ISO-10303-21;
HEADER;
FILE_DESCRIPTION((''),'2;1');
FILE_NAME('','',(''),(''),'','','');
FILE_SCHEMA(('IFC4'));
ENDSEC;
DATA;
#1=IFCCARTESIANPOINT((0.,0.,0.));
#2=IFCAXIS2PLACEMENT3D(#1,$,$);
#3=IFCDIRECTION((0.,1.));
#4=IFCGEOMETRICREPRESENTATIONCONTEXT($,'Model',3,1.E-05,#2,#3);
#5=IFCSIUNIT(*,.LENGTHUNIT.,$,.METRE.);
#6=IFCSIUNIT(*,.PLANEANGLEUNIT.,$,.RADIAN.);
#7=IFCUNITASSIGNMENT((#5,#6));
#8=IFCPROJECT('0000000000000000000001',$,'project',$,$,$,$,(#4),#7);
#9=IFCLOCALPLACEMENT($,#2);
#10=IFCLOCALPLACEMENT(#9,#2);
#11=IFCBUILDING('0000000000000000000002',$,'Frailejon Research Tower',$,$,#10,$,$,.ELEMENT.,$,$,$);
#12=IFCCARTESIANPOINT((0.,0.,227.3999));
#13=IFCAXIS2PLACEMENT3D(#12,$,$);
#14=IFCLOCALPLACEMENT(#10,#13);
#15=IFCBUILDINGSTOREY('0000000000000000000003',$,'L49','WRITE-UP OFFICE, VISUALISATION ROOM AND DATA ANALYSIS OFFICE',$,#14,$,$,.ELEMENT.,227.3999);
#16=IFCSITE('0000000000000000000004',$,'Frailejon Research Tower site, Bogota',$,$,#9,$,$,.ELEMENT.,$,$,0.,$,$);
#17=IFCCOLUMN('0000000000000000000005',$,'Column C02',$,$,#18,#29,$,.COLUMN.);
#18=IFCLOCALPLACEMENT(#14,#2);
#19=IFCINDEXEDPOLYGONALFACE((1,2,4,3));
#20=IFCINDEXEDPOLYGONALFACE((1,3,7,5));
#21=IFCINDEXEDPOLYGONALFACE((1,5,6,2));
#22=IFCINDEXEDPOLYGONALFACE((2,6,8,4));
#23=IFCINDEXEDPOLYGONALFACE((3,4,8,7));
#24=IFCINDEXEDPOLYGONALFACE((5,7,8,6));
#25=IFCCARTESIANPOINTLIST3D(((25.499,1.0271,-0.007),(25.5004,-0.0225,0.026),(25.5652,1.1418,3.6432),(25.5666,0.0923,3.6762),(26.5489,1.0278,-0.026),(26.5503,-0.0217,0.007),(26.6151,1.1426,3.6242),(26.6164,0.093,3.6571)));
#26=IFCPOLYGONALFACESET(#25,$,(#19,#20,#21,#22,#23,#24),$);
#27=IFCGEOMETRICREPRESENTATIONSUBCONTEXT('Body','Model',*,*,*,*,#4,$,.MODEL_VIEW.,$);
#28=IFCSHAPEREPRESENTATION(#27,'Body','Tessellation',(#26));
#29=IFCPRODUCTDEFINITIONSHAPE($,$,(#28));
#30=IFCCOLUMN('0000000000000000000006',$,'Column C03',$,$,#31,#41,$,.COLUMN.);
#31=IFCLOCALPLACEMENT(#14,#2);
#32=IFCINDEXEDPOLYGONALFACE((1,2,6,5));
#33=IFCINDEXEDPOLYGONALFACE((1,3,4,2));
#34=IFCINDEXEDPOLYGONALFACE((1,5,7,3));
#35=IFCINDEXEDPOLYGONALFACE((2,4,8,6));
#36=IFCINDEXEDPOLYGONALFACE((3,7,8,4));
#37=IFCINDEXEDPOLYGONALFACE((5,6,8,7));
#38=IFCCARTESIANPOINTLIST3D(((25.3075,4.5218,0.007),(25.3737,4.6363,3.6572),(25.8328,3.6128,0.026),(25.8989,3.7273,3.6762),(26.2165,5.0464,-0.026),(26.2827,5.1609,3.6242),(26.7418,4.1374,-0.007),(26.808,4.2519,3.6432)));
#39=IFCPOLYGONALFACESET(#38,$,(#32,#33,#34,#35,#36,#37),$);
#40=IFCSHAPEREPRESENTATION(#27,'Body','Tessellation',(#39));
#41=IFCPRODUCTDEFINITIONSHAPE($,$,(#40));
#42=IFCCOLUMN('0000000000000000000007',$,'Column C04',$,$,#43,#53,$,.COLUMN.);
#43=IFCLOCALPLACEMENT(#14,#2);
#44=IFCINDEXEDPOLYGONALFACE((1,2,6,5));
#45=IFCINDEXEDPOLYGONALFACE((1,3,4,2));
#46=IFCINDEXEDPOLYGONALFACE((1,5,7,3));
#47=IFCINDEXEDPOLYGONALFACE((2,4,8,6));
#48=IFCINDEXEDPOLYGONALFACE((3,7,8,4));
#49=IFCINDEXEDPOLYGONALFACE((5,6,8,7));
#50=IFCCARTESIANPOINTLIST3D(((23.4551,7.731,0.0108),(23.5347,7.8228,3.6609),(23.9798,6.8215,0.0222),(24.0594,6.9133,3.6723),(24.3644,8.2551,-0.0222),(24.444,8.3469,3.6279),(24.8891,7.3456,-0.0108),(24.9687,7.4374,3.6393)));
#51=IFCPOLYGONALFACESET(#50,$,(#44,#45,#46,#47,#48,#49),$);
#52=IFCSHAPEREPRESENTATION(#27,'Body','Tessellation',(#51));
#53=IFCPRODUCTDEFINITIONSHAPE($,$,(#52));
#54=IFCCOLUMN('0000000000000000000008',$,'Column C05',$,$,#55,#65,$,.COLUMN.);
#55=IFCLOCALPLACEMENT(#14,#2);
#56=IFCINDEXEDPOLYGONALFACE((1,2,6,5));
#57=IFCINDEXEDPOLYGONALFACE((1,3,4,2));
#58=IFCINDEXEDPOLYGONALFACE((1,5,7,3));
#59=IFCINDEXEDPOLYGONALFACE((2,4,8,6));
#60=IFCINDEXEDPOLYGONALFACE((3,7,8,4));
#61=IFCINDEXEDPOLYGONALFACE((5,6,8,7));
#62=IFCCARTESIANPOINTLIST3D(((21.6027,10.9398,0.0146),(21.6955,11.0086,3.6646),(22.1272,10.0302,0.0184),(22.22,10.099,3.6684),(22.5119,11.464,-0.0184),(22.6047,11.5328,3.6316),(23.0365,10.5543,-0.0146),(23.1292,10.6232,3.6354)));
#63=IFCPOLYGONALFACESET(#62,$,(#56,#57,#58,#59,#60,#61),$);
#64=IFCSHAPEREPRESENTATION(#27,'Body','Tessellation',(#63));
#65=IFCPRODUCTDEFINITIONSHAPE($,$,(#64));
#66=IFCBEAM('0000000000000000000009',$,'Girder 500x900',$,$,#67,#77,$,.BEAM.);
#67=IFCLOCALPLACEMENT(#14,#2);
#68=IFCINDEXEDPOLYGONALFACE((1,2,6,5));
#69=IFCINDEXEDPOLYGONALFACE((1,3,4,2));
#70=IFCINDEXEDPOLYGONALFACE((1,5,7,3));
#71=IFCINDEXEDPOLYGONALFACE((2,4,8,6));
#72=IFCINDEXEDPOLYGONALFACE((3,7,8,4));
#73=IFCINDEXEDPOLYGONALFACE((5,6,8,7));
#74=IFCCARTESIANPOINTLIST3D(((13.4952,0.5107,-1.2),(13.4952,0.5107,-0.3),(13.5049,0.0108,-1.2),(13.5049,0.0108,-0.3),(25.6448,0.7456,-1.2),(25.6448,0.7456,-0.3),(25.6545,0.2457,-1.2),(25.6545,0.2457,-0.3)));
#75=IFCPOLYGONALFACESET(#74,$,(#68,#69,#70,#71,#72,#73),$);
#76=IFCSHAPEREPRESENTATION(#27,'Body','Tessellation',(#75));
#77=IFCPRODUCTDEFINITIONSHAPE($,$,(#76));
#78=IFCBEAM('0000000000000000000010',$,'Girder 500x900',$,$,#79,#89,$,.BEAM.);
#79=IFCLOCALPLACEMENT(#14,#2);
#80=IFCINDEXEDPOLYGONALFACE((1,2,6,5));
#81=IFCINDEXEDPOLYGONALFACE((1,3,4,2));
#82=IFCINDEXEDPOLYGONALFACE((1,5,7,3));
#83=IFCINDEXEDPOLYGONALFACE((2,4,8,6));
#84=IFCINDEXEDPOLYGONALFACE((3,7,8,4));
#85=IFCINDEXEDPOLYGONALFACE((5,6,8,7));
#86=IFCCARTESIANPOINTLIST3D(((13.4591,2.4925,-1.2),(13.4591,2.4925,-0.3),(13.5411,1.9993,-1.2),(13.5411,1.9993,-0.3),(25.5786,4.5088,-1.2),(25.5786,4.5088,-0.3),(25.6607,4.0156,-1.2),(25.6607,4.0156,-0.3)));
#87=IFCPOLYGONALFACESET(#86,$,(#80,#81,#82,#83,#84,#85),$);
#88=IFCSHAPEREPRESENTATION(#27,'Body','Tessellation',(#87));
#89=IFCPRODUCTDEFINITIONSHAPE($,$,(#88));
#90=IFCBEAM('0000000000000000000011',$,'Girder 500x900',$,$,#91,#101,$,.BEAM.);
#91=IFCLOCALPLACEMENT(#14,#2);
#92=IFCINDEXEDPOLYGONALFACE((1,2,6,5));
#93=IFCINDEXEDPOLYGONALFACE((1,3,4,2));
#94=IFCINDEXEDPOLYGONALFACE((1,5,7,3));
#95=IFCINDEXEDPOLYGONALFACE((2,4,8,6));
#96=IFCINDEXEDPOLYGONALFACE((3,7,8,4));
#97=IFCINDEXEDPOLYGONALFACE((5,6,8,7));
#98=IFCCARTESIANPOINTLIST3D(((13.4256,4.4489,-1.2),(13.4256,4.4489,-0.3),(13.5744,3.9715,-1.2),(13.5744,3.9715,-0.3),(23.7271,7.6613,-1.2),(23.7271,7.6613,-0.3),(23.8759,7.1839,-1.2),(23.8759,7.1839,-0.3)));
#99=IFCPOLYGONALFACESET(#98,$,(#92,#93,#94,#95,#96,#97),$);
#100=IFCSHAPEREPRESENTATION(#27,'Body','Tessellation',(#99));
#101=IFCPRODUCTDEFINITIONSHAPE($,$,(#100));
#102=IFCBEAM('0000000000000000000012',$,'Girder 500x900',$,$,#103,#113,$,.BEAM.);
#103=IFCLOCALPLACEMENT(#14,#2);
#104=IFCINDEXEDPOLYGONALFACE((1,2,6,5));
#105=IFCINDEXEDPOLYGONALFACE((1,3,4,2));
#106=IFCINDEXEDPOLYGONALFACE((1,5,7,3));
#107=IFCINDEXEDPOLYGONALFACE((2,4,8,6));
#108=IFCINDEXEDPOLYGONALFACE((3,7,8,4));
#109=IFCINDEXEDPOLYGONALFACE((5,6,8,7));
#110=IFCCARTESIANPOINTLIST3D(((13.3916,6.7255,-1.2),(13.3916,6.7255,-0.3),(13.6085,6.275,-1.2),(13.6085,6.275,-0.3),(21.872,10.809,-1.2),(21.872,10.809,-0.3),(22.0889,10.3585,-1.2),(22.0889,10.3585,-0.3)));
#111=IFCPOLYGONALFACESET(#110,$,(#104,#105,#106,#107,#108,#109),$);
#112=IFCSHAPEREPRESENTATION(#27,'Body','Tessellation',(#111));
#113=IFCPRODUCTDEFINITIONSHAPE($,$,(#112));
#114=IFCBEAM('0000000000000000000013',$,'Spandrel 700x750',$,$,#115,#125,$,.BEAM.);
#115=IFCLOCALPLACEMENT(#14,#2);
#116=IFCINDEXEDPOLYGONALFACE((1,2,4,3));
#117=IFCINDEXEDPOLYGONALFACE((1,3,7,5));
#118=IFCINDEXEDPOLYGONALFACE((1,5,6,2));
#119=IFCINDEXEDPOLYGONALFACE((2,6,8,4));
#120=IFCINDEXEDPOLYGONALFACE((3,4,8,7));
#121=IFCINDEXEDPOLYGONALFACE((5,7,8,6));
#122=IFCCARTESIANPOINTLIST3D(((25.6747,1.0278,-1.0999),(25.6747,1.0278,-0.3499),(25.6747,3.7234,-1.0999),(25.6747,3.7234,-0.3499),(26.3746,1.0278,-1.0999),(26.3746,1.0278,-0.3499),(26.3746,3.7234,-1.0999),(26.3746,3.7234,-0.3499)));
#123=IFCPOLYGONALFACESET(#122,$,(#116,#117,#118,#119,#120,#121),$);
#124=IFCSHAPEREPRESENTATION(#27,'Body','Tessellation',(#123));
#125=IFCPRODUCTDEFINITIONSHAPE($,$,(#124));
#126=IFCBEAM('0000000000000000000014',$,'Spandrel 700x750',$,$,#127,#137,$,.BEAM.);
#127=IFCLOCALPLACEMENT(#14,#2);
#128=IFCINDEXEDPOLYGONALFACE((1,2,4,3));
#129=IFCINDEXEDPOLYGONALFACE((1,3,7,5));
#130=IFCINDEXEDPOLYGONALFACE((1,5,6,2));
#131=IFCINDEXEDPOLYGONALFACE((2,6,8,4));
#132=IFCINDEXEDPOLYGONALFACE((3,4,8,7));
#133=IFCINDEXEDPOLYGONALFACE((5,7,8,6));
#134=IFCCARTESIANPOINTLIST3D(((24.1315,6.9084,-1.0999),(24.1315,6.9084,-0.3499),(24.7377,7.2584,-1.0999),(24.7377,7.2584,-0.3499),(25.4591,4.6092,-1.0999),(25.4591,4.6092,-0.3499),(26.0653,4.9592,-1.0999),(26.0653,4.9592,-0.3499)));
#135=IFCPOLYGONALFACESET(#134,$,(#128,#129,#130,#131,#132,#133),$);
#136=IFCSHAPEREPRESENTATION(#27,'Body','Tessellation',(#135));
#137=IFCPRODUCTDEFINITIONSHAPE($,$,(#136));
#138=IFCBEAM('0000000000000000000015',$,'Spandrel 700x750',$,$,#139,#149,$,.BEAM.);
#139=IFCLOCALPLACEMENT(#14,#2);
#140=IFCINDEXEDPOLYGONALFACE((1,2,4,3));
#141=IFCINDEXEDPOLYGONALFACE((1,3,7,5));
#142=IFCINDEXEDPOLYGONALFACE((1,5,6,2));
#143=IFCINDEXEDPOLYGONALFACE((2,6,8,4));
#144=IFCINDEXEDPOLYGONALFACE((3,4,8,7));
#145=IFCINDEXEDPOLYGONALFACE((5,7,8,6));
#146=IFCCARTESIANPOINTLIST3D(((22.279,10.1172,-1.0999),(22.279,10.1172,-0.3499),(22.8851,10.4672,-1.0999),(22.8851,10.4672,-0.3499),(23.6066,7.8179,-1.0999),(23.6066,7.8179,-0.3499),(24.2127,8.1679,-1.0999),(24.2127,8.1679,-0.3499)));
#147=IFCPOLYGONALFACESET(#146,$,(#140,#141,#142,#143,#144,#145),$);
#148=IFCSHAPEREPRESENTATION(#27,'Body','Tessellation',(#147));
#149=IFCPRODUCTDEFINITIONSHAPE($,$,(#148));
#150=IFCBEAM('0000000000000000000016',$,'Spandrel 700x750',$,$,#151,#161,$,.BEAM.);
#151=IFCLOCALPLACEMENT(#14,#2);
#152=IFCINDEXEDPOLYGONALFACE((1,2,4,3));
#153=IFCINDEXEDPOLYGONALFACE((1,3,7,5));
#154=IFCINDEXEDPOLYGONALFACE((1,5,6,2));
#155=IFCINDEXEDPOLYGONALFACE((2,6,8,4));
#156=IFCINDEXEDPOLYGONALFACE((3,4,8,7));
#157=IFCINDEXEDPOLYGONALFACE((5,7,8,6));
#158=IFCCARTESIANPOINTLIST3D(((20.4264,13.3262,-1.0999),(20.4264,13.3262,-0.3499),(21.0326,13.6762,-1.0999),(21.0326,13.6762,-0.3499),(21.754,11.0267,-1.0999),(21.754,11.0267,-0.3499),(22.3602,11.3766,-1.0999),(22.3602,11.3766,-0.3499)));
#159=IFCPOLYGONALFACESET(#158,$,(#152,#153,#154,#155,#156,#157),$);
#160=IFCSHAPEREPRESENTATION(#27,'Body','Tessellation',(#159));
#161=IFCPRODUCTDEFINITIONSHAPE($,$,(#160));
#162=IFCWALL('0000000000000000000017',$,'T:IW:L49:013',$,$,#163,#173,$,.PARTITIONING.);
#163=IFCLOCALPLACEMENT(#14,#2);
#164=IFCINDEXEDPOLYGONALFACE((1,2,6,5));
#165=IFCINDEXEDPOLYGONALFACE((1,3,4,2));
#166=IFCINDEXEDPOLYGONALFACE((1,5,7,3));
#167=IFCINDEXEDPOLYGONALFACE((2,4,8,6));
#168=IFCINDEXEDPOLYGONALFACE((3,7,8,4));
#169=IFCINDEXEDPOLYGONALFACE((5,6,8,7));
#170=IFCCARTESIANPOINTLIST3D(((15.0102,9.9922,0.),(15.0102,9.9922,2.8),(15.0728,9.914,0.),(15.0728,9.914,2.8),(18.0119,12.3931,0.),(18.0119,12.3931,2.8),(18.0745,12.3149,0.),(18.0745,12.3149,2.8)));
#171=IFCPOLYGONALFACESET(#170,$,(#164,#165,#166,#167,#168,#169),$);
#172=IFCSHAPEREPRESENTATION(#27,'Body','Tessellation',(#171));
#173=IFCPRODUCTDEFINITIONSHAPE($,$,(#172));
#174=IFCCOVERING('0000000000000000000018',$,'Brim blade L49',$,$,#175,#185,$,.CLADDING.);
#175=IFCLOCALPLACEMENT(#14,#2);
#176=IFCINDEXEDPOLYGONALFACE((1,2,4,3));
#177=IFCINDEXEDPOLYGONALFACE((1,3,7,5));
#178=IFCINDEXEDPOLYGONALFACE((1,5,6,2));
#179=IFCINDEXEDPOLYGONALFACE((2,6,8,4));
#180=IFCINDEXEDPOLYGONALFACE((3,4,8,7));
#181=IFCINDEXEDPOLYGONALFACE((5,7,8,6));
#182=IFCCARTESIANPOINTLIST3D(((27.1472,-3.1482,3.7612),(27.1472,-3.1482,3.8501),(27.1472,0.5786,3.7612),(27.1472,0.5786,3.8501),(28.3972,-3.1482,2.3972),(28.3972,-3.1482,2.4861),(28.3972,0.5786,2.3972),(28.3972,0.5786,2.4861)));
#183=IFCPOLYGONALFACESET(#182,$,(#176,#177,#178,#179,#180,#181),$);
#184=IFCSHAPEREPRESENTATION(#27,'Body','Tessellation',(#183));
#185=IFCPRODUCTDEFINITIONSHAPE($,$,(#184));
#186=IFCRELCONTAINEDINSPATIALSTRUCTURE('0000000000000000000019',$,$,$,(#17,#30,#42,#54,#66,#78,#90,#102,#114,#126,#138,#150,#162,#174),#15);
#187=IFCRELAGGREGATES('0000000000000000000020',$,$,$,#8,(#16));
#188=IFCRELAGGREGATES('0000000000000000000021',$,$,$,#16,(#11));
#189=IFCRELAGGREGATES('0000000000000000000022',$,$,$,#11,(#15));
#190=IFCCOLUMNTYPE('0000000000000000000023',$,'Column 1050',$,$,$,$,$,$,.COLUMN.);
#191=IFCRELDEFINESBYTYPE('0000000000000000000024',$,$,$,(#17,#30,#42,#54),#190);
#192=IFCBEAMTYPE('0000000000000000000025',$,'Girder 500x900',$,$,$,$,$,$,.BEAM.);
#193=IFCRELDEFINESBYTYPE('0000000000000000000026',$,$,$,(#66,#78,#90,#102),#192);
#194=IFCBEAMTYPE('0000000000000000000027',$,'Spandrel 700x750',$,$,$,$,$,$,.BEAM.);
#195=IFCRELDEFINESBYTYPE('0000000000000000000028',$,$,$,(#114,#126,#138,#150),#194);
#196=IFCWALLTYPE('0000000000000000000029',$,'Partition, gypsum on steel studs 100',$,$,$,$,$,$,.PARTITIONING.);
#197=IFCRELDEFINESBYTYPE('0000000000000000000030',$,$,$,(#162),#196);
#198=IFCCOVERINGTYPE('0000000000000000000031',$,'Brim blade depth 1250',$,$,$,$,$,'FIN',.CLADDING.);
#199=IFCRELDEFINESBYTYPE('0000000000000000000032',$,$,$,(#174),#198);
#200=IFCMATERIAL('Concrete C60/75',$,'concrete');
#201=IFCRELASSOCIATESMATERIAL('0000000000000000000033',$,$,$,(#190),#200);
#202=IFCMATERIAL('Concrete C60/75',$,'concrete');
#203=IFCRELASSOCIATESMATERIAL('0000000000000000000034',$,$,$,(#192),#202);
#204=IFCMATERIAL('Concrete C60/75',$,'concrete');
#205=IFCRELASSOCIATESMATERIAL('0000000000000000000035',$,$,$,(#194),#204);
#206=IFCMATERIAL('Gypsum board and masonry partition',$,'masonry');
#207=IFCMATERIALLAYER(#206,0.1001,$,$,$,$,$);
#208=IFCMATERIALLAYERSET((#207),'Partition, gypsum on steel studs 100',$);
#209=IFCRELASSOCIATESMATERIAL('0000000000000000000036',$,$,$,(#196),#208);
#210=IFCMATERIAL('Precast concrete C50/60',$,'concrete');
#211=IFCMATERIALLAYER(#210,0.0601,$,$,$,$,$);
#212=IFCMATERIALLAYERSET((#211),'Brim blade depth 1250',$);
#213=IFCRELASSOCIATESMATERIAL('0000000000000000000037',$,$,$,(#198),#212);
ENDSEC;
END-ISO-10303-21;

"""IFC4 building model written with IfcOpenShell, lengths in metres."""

from ifc_helpers import new_model, si_unit, direction, frame, frame_2d, origin, origin_2d, place, context, subcontext, project, spatial, polyline, rectangle, outline, extrude, material, layer, layer_set, material_profile, profile_set, type_object, element, save


model = new_model("IFC4")

# Units and contexts
model_context = context("Model", 3, precision=1e-05, world=origin(), true_north=direction((0.0, 1.0)))
body_context = subcontext(model_context, "Body", "Model", "MODEL_VIEW")
ifc_project = project(units=[si_unit("LENGTHUNIT", "METRE"), si_unit("PLANEANGLEUNIT", "RADIAN")], contexts=[model_context])

# Site, building, storey
site_placement = place(None, origin())
site = spatial("IfcSite", under=ifc_project, at=site_placement, Name="Frailejon Research Tower site, Bogota", CompositionType="ELEMENT", RefElevation=0.0)
building_placement = place(site_placement, origin())
building = spatial("IfcBuilding", under=site, at=building_placement, Name="Frailejon Research Tower", CompositionType="ELEMENT")
storey_placement = place(building_placement, frame((0.0, 0.0, 227.3999)))
storey = spatial("IfcBuildingStorey", under=building, at=storey_placement, Name="L49", Description="WRITE-UP OFFICE, VISUALISATION ROOM AND DATA ANALYSIS OFFICE", CompositionType="ELEMENT", Elevation=227.3999)

# Columns
ifc_material_1 = material(Name="Concrete C60/75", Category="concrete")
ifc_material_profile_1 = material_profile(ifc_material_1, rectangle(XDim=1.05, YDim=1.05, at=origin_2d()), Name="Column 1050")
ifc_profile_set_1 = profile_set([ifc_material_profile_1], Name="Concrete C60/75")
column_type = type_object("IfcColumnType", Name="Column 1050", PredefinedType="COLUMN", material=ifc_profile_set_1)
for number, where, z_axis, x_axis, name in (
    (1, (26.0247, 0.5027, 0.0), (0.018114, 0.031415, 0.999342), (-0.001297, 0.999506, -0.031397), "Column C02"),
    (2, (26.0247, 4.3296, 0.0), (0.018114, 0.031349, 0.999344), (-0.500242, 0.865696, -0.018089), "Column C03"),
):
    element("IfcColumn", number, at=place(storey_placement, frame(where, z_axis=z_axis, x_axis=x_axis)), inside=storey, type_object=column_type, Name=name, PredefinedType="COLUMN", context=body_context, shape_type="SweptSolid", body=[
        extrude(rectangle(XDim=1.05, YDim=1.05, at=origin_2d()), origin(), (0.0, 0.0, 1.0), 3.6526),
    ])
column_1_placement = place(storey_placement, frame((24.1721, 7.5383, 0.0), z_axis=(0.021792, 0.025135, 0.999447), x_axis=(-0.499665, 0.86615, -0.010888)))
element("IfcColumn", 3, at=column_1_placement, inside=storey, type_object=column_type, Name="Column C04", PredefinedType="COLUMN", context=body_context, shape_type="SweptSolid", body=[
    extrude(rectangle(XDim=1.05, YDim=1.05, at=origin_2d()), origin(), (0.0, 0.0, 1.0), 3.6521),
])
column_2_placement = place(storey_placement, frame((22.3196, 10.7471, 0.0), z_axis=(0.025404, 0.018852, 0.9995), x_axis=(-0.499535, 0.866286, -0.003643)))
element("IfcColumn", 4, at=column_2_placement, inside=storey, type_object=column_type, Name="Column C05", PredefinedType="COLUMN", context=body_context, shape_type="SweptSolid", body=[
    extrude(rectangle(XDim=1.05, YDim=1.05, at=origin_2d()), origin(), (0.0, 0.0, 1.0), 3.6519),
])

# Beams
ifc_material_2 = material(Name="Concrete C60/75", Category="concrete")
ifc_material_profile_2 = material_profile(ifc_material_2, rectangle(XDim=0.5, YDim=0.8999, at=origin_2d()), Name="Girder 500x900")
ifc_profile_set_2 = profile_set([ifc_material_profile_2], Name="Concrete C60/75")
beam_type_1 = type_object("IfcBeamType", Name="Girder 500x900", PredefinedType="BEAM", material=ifc_profile_set_2)
beam_1_placement = place(storey_placement, frame((25.6497, 0.4956, -0.75), z_axis=(-0.999813, -0.019327, 0.0), x_axis=(0.019327, -0.999813, 0.0)))
element("IfcBeam", 5, at=beam_1_placement, inside=storey, type_object=beam_type_1, Name="Girder 500x900", PredefinedType="BEAM", context=body_context, shape_type="SweptSolid", body=[
    extrude(rectangle(XDim=0.5, YDim=0.8999, at=origin_2d()), origin(), (0.0, 0.0, 1.0), 12.1519),
])
beam_2_placement = place(storey_placement, frame((25.6196, 4.2622, -0.75), z_axis=(-0.986441, -0.164115, 0.0), x_axis=(0.164115, -0.986441, 0.0)))
element("IfcBeam", 6, at=beam_2_placement, inside=storey, type_object=beam_type_1, Name="Girder 500x900", PredefinedType="BEAM", context=body_context, shape_type="SweptSolid", body=[
    extrude(rectangle(XDim=0.5, YDim=0.8999, at=origin_2d()), origin(), (0.0, 0.0, 1.0), 12.2861),
])
beam_3_placement = place(storey_placement, frame((23.8015, 7.4226, -0.75), z_axis=(-0.95466, -0.297699, 0.0), x_axis=(0.297699, -0.95466, 0.0)))
element("IfcBeam", 7, at=beam_3_placement, inside=storey, type_object=beam_type_1, Name="Girder 500x900", PredefinedType="BEAM", context=body_context, shape_type="SweptSolid", body=[
    extrude(rectangle(XDim=0.5, YDim=0.8999, at=origin_2d()), origin(), (0.0, 0.0, 1.0), 10.7908),
])
beam_4_placement = place(storey_placement, frame((21.9805, 10.5837, -0.75), z_axis=(-0.900989, -0.433842, 0.0), x_axis=(0.433842, -0.900989, 0.0)))
element("IfcBeam", 8, at=beam_4_placement, inside=storey, type_object=beam_type_1, Name="Girder 500x900", PredefinedType="BEAM", context=body_context, shape_type="SweptSolid", body=[
    extrude(rectangle(XDim=0.5, YDim=0.8999, at=origin_2d()), origin(), (0.0, 0.0, 1.0), 9.4124),
])
ifc_material_3 = material(Name="Concrete C60/75", Category="concrete")
ifc_material_profile_3 = material_profile(ifc_material_3, rectangle(XDim=0.7, YDim=0.75, at=origin_2d()), Name="Spandrel 700x750")
ifc_profile_set_3 = profile_set([ifc_material_profile_3], Name="Concrete C60/75")
beam_type_2 = type_object("IfcBeamType", Name="Spandrel 700x750", PredefinedType="BEAM", material=ifc_profile_set_3)
beam_5_placement = place(storey_placement, frame((26.0247, 1.0278, -0.7249), z_axis=(0.0, 1.0, 0.0), x_axis=(-1.0, 0.0, 0.0)))
element("IfcBeam", 9, at=beam_5_placement, inside=storey, type_object=beam_type_2, Name="Spandrel 700x750", PredefinedType="BEAM", context=body_context, shape_type="SweptSolid", body=[
    extrude(rectangle(XDim=0.7, YDim=0.75, at=origin_2d()), origin(), (0.0, 0.0, 1.0), 2.6956),
])
for number, where, z_axis, x_axis, name in (
    (10, (25.7622, 4.7842, -0.7249), (-0.500036, 0.866005, 0.0), (-0.866005, -0.500036, 0.0), "Spandrel 700x750"),
    (11, (23.9097, 7.9929, -0.7249), (-0.500036, 0.866005, 0.0), (-0.866005, -0.500036, 0.0), "Spandrel 700x750"),
):
    element("IfcBeam", number, at=place(storey_placement, frame(where, z_axis=z_axis, x_axis=x_axis)), inside=storey, type_object=beam_type_2, Name=name, PredefinedType="BEAM", context=body_context, shape_type="SweptSolid", body=[
        extrude(rectangle(XDim=0.7, YDim=0.75, at=origin_2d()), origin(), (0.0, 0.0, 1.0), 2.655),
    ])
beam_6_placement = place(storey_placement, frame((22.0571, 11.2017, -0.7249), z_axis=(-0.499996, 0.866028, 0.0), x_axis=(-0.866028, -0.499996, 0.0)))
element("IfcBeam", 12, at=beam_6_placement, inside=storey, type_object=beam_type_2, Name="Spandrel 700x750", PredefinedType="BEAM", context=body_context, shape_type="SweptSolid", body=[
    extrude(rectangle(XDim=0.7, YDim=0.75, at=origin_2d()), origin(), (0.0, 0.0, 1.0), 2.6553),
])

# Wall
ifc_material_4 = material(Name="Gypsum board and masonry partition", Category="masonry")
ifc_layer_1 = layer(ifc_material_4, 0.1001)
ifc_layer_set_1 = layer_set([ifc_layer_1], Name="Partition, gypsum on steel studs 100")
wall_type_1 = type_object("IfcWallType", Name="Partition, gypsum on steel studs 100", PredefinedType="PARTITIONING", material=ifc_layer_set_1)
wall_1_placement = place(storey_placement, frame((15.0415, 9.9531, 0.0), z_axis=(0.0, 0.0, 1.0), x_axis=(0.780931, 0.624618, 0.0)))
element("IfcWall", 13, at=wall_1_placement, inside=storey, type_object=wall_type_1, Name="T:IW:L49:013", PredefinedType="PARTITIONING", context=body_context, shape_type="SweptSolid", body=[
    extrude(rectangle(XDim=3.8438, YDim=0.1001, at=frame_2d((1.9219, 0.0))), origin(), (0.0, 0.0, 1.0), 2.8),
])

# Covering
ifc_material_5 = material(Name="Precast concrete C50/60", Category="concrete")
ifc_layer_2 = layer(ifc_material_5, 0.0601)
ifc_layer_set_2 = layer_set([ifc_layer_2], Name="Brim blade depth 1250")
covering_type_1 = type_object("IfcCoveringType", Name="Brim blade depth 1250", ElementType="FIN", PredefinedType="CLADDING", material=ifc_layer_set_2)
covering_1_placement = place(storey_placement, frame((27.1472, 0.5786, 3.8501), z_axis=(0.0, -1.0, 0.0), x_axis=(1.0, 0.0, 0.0)))
element("IfcCovering", 14, at=covering_1_placement, inside=storey, type_object=covering_type_1, Name="Brim blade L49", PredefinedType="CLADDING", context=body_context, shape_type="SweptSolid", body=[
    extrude(outline(polyline([(0.0, -0.0889), (1.25, -1.4529), (1.25, -1.364), (0.0, 0.0), (0.0, -0.0889)])), origin(), (0.0, 0.0, 1.0), 3.7268),
])

save(model, "model.ifc")
